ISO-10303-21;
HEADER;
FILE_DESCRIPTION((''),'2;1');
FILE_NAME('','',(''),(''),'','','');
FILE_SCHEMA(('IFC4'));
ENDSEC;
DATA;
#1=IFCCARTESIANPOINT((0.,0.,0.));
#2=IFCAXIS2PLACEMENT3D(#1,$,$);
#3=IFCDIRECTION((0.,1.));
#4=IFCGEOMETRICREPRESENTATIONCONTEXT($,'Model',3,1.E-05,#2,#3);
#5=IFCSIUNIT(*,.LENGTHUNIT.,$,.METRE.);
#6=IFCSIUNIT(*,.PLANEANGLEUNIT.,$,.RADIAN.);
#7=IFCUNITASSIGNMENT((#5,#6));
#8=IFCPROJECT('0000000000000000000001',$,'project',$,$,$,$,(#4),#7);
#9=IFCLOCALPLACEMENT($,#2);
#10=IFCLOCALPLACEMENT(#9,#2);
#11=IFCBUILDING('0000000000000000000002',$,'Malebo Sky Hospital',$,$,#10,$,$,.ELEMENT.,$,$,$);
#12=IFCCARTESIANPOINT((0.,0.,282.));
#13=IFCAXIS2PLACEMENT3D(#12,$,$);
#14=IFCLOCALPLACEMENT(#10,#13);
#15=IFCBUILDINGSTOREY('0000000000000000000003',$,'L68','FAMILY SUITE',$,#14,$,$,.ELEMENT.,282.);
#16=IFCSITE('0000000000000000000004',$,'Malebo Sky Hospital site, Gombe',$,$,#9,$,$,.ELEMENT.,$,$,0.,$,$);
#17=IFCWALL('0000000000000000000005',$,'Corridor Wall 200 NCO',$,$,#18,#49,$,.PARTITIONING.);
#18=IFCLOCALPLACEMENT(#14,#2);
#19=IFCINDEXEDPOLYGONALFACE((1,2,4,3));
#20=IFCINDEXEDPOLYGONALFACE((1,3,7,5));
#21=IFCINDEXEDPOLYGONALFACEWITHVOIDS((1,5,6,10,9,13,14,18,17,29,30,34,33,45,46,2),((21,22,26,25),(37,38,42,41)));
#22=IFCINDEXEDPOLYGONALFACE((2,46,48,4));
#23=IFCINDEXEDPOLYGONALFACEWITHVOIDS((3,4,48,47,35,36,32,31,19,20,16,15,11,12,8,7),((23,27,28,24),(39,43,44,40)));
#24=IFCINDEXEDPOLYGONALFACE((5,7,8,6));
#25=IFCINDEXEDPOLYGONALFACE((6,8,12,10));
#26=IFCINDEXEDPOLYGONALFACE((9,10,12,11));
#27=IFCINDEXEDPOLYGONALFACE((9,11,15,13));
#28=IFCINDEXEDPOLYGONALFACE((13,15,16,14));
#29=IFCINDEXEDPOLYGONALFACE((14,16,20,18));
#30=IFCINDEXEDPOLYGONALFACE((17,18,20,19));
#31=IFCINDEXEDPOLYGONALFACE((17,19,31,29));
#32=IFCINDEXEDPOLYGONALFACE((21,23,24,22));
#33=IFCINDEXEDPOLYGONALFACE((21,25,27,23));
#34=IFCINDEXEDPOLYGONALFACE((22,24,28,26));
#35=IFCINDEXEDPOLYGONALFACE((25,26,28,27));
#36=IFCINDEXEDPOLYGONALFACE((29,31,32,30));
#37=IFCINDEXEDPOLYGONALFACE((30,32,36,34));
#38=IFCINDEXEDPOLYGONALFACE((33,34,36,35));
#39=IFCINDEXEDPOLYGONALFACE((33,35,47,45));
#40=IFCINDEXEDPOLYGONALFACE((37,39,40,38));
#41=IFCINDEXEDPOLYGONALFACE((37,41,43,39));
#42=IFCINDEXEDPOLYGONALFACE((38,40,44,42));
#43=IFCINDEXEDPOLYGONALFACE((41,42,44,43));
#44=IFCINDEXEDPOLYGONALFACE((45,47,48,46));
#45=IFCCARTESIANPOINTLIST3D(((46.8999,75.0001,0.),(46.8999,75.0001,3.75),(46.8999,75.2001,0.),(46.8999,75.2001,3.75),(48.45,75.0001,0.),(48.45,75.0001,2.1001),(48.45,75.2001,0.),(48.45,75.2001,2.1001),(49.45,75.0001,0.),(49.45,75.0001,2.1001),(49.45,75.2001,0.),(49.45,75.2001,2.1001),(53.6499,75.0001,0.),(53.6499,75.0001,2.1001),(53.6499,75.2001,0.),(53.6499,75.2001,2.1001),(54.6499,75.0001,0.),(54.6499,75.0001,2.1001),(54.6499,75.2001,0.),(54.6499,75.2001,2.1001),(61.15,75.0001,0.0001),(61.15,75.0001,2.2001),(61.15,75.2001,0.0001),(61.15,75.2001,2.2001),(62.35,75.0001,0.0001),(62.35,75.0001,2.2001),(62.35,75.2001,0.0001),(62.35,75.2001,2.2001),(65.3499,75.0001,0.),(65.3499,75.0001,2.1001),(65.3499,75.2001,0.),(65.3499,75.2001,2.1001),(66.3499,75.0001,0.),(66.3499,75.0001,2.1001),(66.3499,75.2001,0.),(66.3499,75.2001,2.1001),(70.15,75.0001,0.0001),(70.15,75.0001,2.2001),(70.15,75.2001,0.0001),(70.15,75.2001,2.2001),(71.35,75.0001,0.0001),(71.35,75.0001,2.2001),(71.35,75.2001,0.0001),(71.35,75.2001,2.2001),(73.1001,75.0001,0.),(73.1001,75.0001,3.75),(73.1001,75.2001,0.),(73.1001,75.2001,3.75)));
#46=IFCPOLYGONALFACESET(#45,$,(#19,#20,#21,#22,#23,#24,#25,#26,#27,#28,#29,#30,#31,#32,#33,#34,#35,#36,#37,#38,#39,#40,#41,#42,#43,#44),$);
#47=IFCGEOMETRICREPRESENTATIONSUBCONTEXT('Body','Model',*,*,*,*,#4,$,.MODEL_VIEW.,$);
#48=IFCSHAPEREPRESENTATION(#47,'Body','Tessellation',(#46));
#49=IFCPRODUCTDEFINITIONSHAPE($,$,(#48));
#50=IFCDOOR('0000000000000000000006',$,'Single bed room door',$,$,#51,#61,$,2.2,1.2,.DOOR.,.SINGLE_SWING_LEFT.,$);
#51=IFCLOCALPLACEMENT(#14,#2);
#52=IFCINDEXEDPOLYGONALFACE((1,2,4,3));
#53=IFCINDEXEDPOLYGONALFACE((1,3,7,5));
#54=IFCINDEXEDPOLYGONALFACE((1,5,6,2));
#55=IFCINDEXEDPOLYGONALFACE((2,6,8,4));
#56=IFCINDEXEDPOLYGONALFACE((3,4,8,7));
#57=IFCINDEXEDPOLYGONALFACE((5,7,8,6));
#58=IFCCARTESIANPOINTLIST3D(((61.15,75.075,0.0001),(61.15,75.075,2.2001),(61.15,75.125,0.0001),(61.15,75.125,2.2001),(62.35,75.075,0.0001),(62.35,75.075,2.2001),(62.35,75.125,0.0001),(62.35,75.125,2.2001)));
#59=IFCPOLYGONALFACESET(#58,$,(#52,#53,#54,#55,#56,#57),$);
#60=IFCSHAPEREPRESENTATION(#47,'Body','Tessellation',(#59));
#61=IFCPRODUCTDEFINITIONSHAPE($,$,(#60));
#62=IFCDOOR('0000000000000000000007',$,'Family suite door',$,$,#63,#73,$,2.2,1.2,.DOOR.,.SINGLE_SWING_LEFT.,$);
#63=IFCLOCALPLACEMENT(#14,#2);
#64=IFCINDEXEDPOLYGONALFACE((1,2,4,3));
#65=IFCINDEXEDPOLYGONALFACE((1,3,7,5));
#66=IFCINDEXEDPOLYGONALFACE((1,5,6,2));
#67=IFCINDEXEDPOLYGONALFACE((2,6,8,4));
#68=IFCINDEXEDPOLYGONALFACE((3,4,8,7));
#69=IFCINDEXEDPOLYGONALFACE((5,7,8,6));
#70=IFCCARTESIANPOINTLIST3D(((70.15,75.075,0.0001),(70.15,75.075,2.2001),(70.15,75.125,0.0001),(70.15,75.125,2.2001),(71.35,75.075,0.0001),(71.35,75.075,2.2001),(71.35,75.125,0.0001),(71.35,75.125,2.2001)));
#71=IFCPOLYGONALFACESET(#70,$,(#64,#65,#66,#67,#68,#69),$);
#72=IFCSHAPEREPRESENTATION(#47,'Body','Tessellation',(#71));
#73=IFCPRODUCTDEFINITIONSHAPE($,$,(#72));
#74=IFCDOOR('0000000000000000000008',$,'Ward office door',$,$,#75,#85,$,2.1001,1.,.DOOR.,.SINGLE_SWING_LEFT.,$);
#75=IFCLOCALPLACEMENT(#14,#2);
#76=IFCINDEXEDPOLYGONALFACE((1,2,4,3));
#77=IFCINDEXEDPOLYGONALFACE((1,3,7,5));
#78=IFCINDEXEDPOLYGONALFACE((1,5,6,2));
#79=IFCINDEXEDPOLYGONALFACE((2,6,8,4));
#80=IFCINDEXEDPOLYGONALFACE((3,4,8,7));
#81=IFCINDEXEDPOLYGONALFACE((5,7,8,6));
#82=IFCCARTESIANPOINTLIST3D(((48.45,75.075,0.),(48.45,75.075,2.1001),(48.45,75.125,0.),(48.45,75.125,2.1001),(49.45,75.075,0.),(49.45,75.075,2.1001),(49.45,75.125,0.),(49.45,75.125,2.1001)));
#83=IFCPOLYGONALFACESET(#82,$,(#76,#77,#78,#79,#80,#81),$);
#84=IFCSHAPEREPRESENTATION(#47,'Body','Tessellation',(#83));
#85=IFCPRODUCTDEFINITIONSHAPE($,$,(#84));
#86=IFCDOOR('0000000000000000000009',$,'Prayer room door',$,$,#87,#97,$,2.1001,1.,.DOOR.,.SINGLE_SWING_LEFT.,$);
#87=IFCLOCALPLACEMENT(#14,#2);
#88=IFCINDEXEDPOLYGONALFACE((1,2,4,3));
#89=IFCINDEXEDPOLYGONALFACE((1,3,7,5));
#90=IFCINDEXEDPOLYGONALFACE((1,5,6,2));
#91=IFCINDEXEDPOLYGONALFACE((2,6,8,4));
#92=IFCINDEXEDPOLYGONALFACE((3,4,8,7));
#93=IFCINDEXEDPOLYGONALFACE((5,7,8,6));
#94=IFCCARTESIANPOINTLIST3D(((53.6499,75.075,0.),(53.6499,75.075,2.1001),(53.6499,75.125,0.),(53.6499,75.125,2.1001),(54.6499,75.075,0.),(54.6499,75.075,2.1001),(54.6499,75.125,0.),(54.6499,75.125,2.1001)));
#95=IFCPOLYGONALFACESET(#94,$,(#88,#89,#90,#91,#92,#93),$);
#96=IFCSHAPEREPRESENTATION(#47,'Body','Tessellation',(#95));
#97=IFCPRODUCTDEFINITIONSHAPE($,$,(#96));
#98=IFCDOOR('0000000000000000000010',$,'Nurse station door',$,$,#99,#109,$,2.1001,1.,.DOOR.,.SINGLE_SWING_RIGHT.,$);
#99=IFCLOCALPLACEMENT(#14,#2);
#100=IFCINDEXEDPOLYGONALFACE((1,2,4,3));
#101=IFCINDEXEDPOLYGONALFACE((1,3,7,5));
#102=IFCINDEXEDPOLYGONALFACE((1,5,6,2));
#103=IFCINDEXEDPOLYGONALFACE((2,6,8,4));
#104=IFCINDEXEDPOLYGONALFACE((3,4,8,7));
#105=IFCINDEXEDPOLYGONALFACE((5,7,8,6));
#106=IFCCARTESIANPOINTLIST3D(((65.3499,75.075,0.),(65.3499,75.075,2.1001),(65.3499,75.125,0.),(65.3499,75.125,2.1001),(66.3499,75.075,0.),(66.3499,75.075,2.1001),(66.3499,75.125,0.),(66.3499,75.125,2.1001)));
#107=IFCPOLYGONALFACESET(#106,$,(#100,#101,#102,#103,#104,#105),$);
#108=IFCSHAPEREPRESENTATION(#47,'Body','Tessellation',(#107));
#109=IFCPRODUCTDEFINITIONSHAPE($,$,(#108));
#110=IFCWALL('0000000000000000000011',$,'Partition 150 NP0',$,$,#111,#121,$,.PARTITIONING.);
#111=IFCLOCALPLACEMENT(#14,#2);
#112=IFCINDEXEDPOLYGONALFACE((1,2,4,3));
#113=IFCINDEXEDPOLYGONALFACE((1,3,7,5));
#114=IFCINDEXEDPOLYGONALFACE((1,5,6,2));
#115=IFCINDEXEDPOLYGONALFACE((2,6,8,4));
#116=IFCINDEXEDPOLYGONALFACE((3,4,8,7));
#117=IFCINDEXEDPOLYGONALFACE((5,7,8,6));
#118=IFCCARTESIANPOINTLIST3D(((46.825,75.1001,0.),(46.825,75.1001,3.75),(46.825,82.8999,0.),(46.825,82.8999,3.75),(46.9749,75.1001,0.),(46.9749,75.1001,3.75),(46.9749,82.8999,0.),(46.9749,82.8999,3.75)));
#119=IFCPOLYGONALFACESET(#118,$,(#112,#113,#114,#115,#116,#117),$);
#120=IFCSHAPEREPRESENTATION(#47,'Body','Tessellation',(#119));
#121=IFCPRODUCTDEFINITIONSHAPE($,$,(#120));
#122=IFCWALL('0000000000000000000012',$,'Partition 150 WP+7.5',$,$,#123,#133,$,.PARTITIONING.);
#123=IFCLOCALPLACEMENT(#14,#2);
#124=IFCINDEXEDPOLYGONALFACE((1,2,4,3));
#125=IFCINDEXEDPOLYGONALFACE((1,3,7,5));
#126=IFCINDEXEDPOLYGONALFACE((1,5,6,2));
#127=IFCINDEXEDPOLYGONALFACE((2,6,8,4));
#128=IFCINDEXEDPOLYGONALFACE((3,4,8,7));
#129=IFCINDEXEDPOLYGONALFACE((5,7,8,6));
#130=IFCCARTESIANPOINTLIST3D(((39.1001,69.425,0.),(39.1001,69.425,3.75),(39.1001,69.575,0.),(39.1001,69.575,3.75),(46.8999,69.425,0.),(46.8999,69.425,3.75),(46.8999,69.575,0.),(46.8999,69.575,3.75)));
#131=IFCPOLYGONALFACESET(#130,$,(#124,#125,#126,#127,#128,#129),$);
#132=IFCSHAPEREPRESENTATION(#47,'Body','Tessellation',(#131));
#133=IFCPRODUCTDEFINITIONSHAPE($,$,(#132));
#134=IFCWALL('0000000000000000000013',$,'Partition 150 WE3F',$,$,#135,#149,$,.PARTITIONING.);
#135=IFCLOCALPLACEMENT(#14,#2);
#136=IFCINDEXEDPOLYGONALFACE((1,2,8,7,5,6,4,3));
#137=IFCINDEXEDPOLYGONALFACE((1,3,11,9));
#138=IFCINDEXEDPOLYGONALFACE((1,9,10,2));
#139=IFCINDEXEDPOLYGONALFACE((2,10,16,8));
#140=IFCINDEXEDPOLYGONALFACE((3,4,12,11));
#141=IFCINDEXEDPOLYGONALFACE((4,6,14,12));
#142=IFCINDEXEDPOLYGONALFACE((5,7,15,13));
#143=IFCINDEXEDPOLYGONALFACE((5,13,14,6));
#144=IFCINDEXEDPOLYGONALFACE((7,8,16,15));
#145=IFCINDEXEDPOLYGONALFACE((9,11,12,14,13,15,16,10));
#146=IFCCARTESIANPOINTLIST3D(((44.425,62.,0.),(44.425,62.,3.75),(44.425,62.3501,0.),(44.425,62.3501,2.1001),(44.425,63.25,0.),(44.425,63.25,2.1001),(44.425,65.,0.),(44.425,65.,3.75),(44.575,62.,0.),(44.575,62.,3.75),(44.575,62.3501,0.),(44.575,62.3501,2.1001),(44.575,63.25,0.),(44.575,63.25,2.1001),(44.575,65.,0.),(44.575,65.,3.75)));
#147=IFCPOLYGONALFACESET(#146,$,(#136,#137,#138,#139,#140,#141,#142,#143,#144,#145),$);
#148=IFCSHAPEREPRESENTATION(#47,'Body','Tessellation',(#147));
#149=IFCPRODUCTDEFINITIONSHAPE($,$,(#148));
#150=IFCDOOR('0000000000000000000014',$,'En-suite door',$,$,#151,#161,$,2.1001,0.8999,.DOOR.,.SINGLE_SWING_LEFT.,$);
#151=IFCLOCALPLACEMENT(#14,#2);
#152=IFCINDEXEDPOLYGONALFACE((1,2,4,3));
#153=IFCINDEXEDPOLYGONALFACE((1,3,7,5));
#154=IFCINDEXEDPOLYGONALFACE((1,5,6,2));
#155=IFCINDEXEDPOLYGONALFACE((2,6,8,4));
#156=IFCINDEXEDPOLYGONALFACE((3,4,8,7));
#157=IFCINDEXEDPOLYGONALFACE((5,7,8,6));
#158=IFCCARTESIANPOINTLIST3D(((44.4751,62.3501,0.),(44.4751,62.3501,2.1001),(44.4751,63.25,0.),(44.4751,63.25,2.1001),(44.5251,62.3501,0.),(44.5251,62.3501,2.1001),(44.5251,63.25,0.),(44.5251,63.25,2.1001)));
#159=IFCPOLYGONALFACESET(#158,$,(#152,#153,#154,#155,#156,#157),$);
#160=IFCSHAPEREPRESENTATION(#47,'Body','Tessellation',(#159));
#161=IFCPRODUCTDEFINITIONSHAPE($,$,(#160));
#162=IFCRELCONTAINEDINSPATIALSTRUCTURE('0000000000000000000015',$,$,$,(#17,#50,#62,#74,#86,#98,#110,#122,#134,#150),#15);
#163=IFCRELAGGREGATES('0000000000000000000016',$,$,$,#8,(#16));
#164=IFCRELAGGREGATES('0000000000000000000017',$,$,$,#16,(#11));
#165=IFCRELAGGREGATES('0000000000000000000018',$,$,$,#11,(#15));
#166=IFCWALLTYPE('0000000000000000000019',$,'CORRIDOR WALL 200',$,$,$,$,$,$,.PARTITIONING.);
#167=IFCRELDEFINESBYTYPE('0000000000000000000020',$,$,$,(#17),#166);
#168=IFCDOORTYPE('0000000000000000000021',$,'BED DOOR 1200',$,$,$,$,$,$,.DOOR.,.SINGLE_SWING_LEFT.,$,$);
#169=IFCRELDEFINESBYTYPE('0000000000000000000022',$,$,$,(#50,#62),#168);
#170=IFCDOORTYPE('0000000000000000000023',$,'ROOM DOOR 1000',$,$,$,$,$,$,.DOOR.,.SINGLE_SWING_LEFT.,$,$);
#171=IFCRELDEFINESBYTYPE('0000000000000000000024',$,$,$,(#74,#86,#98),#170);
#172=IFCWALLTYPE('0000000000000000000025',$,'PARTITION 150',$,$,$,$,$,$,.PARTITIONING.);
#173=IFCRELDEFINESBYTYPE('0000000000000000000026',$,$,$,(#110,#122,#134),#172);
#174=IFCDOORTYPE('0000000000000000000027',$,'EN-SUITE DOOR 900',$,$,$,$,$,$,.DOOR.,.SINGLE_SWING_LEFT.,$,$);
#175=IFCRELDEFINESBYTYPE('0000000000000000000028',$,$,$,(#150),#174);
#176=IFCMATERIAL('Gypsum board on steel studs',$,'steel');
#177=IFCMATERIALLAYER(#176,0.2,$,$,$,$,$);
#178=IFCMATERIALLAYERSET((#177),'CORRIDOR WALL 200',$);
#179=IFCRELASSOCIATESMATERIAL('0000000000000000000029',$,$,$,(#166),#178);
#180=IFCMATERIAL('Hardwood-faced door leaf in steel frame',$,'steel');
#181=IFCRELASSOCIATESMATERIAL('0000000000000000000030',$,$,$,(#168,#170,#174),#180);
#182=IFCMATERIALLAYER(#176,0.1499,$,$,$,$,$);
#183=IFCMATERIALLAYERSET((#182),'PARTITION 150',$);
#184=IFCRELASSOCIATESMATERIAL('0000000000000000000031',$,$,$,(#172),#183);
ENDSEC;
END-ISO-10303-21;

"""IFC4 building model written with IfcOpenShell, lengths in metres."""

from ifc_helpers import new_model, si_unit, direction, frame, frame_2d, origin, place, context, subcontext, project, spatial, rectangle, extrude, material, layer, layer_set, type_object, element, fill, save


model = new_model("IFC4")

# Units and contexts
model_context = context("Model", 3, precision=1e-05, world=origin(), true_north=direction((0.0, 1.0)))
body_context = subcontext(model_context, "Body", "Model", "MODEL_VIEW")
ifc_project = project(units=[si_unit("LENGTHUNIT", "METRE"), si_unit("PLANEANGLEUNIT", "RADIAN")], contexts=[model_context])

# Site, building, storey
site_placement = place(None, origin())
site = spatial("IfcSite", under=ifc_project, at=site_placement, Name="Malebo Sky Hospital site, Gombe", CompositionType="ELEMENT", RefElevation=0.0)
building_placement = place(site_placement, origin())
building = spatial("IfcBuilding", under=site, at=building_placement, Name="Malebo Sky Hospital", CompositionType="ELEMENT")
storey_placement = place(building_placement, frame((0.0, 0.0, 282.0)))
storey = spatial("IfcBuildingStorey", under=building, at=storey_placement, Name="L68", Description="FAMILY SUITE", CompositionType="ELEMENT", Elevation=282.0)

# Shared definitions
ifc_material_1 = material(Name="Hardwood-faced door leaf in steel frame", Category="steel")

# Wall, openings, doors
ifc_material_2 = material(Name="Gypsum board on steel studs", Category="steel")
ifc_layer_1 = layer(ifc_material_2, 0.2)
ifc_layer_set_1 = layer_set([ifc_layer_1], Name="CORRIDOR WALL 200")
wall_type_1 = type_object("IfcWallType", Name="CORRIDOR WALL 200", PredefinedType="PARTITIONING", material=ifc_layer_set_1)
wall_1_placement = place(storey_placement, frame((46.8999, 75.1001, 0.0), z_axis=(0.0, 0.0, 1.0), x_axis=(1.0, 0.0, 0.0)))
wall_1 = element("IfcWall", 1, at=wall_1_placement, inside=storey, type_object=wall_type_1, Name="Corridor Wall 200 NCO", PredefinedType="PARTITIONING", context=body_context, shape_type="SweptSolid", body=[
    extrude(rectangle(XDim=26.2002, YDim=0.2, at=frame_2d((13.1001, 0.0))), origin(), (0.0, 0.0, 1.0), 3.75),
])
opening_1_placement = place(wall_1_placement, frame((1.55, 0.0, 0.0)))
opening_1 = element("IfcOpeningElement", 2, at=opening_1_placement, cuts=wall_1, PredefinedType="OPENING", context=body_context, shape_type="SweptSolid", body=[
    extrude(rectangle(XDim=1.0, YDim=2.1001, at=frame_2d((0.5, 1.05))), frame((0.0, 0.1099, 0.0), z_axis=(0.0, -1.0, 0.0), x_axis=(1.0, 0.0, 0.0)), (0.0, 0.0, 1.0), 0.22),
])
opening_2_placement = place(wall_1_placement, frame((6.75, 0.0, 0.0)))
opening_2 = element("IfcOpeningElement", 3, at=opening_2_placement, cuts=wall_1, PredefinedType="OPENING", context=body_context, shape_type="SweptSolid", body=[
    extrude(rectangle(XDim=1.0, YDim=2.1001, at=frame_2d((0.5, 1.05))), frame((0.0, 0.1099, 0.0), z_axis=(0.0, -1.0, 0.0), x_axis=(1.0, 0.0, 0.0)), (0.0, 0.0, 1.0), 0.22),
])
opening_3_placement = place(wall_1_placement, frame((14.25, 0.0, 0.0)))
opening_3 = element("IfcOpeningElement", 4, at=opening_3_placement, cuts=wall_1, PredefinedType="OPENING", context=body_context, shape_type="SweptSolid", body=[
    extrude(rectangle(XDim=1.2, YDim=2.2, at=frame_2d((0.6001, 1.1001))), frame((0.0, 0.1099, 0.0), z_axis=(0.0, -1.0, 0.0), x_axis=(1.0, 0.0, 0.0)), (0.0, 0.0, 1.0), 0.22),
])
opening_4_placement = place(wall_1_placement, frame((18.45, 0.0, 0.0)))
opening_4 = element("IfcOpeningElement", 5, at=opening_4_placement, cuts=wall_1, PredefinedType="OPENING", context=body_context, shape_type="SweptSolid", body=[
    extrude(rectangle(XDim=1.0, YDim=2.1001, at=frame_2d((0.5, 1.05))), frame((0.0, 0.1099, 0.0), z_axis=(0.0, -1.0, 0.0), x_axis=(1.0, 0.0, 0.0)), (0.0, 0.0, 1.0), 0.22),
])
opening_5_placement = place(wall_1_placement, frame((23.25, 0.0, 0.0)))
opening_5 = element("IfcOpeningElement", 6, at=opening_5_placement, cuts=wall_1, PredefinedType="OPENING", context=body_context, shape_type="SweptSolid", body=[
    extrude(rectangle(XDim=1.2, YDim=2.2, at=frame_2d((0.6001, 1.1001))), frame((0.0, 0.1099, 0.0), z_axis=(0.0, -1.0, 0.0), x_axis=(1.0, 0.0, 0.0)), (0.0, 0.0, 1.0), 0.22),
])
door_type_1 = type_object("IfcDoorType", Name="BED DOOR 1200", OperationType="SINGLE_SWING_LEFT", PredefinedType="DOOR", material=ifc_material_1)
door_1_placement = place(opening_3_placement, origin())
door_1 = element("IfcDoor", 7, at=door_1_placement, inside=storey, type_object=door_type_1, Name="Single bed room door", OperationType="SINGLE_SWING_LEFT", OverallHeight=2.2, OverallWidth=1.2, PredefinedType="DOOR", context=body_context, shape_type="SweptSolid", body=[
    extrude(rectangle(XDim=1.2, YDim=2.2, at=frame_2d((0.6001, 1.1001))), frame((0.0, 0.0249, 0.0), z_axis=(0.0, -1.0, 0.0), x_axis=(1.0, 0.0, 0.0)), (0.0, 0.0, 1.0), 0.05),
])
fill(opening_3, door_1)
door_2_placement = place(opening_5_placement, origin())
door_2 = element("IfcDoor", 8, at=door_2_placement, inside=storey, type_object=door_type_1, Name="Family suite door", OperationType="SINGLE_SWING_LEFT", OverallHeight=2.2, OverallWidth=1.2, PredefinedType="DOOR", context=body_context, shape_type="SweptSolid", body=[
    extrude(rectangle(XDim=1.2, YDim=2.2, at=frame_2d((0.6001, 1.1001))), frame((0.0, 0.0249, 0.0), z_axis=(0.0, -1.0, 0.0), x_axis=(1.0, 0.0, 0.0)), (0.0, 0.0, 1.0), 0.05),
])
fill(opening_5, door_2)
door_type_2 = type_object("IfcDoorType", Name="ROOM DOOR 1000", OperationType="SINGLE_SWING_LEFT", PredefinedType="DOOR", material=ifc_material_1)
door_3_placement = place(opening_1_placement, origin())
door_3 = element("IfcDoor", 9, at=door_3_placement, inside=storey, type_object=door_type_2, Name="Ward office door", OperationType="SINGLE_SWING_LEFT", OverallHeight=2.1001, OverallWidth=1.0, PredefinedType="DOOR", context=body_context, shape_type="SweptSolid", body=[
    extrude(rectangle(XDim=1.0, YDim=2.1001, at=frame_2d((0.5, 1.05))), frame((0.0, 0.0249, 0.0), z_axis=(0.0, -1.0, 0.0), x_axis=(1.0, 0.0, 0.0)), (0.0, 0.0, 1.0), 0.05),
])
fill(opening_1, door_3)
door_4_placement = place(opening_2_placement, origin())
door_4 = element("IfcDoor", 10, at=door_4_placement, inside=storey, type_object=door_type_2, Name="Prayer room door", OperationType="SINGLE_SWING_LEFT", OverallHeight=2.1001, OverallWidth=1.0, PredefinedType="DOOR", context=body_context, shape_type="SweptSolid", body=[
    extrude(rectangle(XDim=1.0, YDim=2.1001, at=frame_2d((0.5, 1.05))), frame((0.0, 0.0249, 0.0), z_axis=(0.0, -1.0, 0.0), x_axis=(1.0, 0.0, 0.0)), (0.0, 0.0, 1.0), 0.05),
])
fill(opening_2, door_4)
door_5_placement = place(opening_4_placement, origin())
door_5 = element("IfcDoor", 11, at=door_5_placement, inside=storey, type_object=door_type_2, Name="Nurse station door", OperationType="SINGLE_SWING_RIGHT", OverallHeight=2.1001, OverallWidth=1.0, PredefinedType="DOOR", context=body_context, shape_type="SweptSolid", body=[
    extrude(rectangle(XDim=1.0, YDim=2.1001, at=frame_2d((0.5, 1.05))), frame((0.0, 0.0249, 0.0), z_axis=(0.0, -1.0, 0.0), x_axis=(1.0, 0.0, 0.0)), (0.0, 0.0, 1.0), 0.05),
])
fill(opening_4, door_5)

# Walls
ifc_layer_2 = layer(ifc_material_2, 0.1499)
ifc_layer_set_2 = layer_set([ifc_layer_2], Name="PARTITION 150")
wall_type_2 = type_object("IfcWallType", Name="PARTITION 150", PredefinedType="PARTITIONING", material=ifc_layer_set_2)
for number, where, z_axis, x_axis, name in (
    (12, (46.8999, 75.1001, 0.0), (0.0, 0.0, 1.0), (0.0, 1.0, 0.0), "Partition 150 NP0"),
    (13, (46.8999, 69.5, 0.0), (0.0, 0.0, 1.0), (-1.0, 0.0, 0.0), "Partition 150 WP+7.5"),
):
    element("IfcWall", number, at=place(storey_placement, frame(where, z_axis=z_axis, x_axis=x_axis)), inside=storey, type_object=wall_type_2, Name=name, PredefinedType="PARTITIONING", context=body_context, shape_type="SweptSolid", body=[
        extrude(rectangle(XDim=7.7998, YDim=0.1499, at=frame_2d((3.8999, 0.0))), origin(), (0.0, 0.0, 1.0), 3.75),
    ])

# Wall, opening, door
wall_2_placement = place(storey_placement, frame((44.5, 62.0, 0.0), z_axis=(0.0, 0.0, 1.0), x_axis=(0.0, 1.0, 0.0)))
wall_2 = element("IfcWall", 14, at=wall_2_placement, inside=storey, type_object=wall_type_2, Name="Partition 150 WE3F", PredefinedType="PARTITIONING", context=body_context, shape_type="SweptSolid", body=[
    extrude(rectangle(XDim=3.0, YDim=0.1499, at=frame_2d((1.5, 0.0))), origin(), (0.0, 0.0, 1.0), 3.75),
])
opening_6_placement = place(wall_2_placement, frame((0.3501, 0.0, 0.0)))
opening_6 = element("IfcOpeningElement", 15, at=opening_6_placement, cuts=wall_2, PredefinedType="OPENING", context=body_context, shape_type="SweptSolid", body=[
    extrude(rectangle(XDim=0.8999, YDim=2.1001, at=frame_2d((0.45, 1.05))), frame((0.0, 0.085, 0.0), z_axis=(0.0, -1.0, 0.0), x_axis=(1.0, 0.0, 0.0)), (0.0, 0.0, 1.0), 0.1699),
])
door_type_3 = type_object("IfcDoorType", Name="EN-SUITE DOOR 900", OperationType="SINGLE_SWING_LEFT", PredefinedType="DOOR", material=ifc_material_1)
door_6_placement = place(opening_6_placement, origin())
door_6 = element("IfcDoor", 16, at=door_6_placement, inside=storey, type_object=door_type_3, Name="En-suite door", OperationType="SINGLE_SWING_LEFT", OverallHeight=2.1001, OverallWidth=0.8999, PredefinedType="DOOR", context=body_context, shape_type="SweptSolid", body=[
    extrude(rectangle(XDim=0.8999, YDim=2.1001, at=frame_2d((0.45, 1.05))), frame((0.0, 0.0249, 0.0), z_axis=(0.0, -1.0, 0.0), x_axis=(1.0, 0.0, 0.0)), (0.0, 0.0, 1.0), 0.05),
])
fill(opening_6, door_6)

save(model, "model.ifc")
